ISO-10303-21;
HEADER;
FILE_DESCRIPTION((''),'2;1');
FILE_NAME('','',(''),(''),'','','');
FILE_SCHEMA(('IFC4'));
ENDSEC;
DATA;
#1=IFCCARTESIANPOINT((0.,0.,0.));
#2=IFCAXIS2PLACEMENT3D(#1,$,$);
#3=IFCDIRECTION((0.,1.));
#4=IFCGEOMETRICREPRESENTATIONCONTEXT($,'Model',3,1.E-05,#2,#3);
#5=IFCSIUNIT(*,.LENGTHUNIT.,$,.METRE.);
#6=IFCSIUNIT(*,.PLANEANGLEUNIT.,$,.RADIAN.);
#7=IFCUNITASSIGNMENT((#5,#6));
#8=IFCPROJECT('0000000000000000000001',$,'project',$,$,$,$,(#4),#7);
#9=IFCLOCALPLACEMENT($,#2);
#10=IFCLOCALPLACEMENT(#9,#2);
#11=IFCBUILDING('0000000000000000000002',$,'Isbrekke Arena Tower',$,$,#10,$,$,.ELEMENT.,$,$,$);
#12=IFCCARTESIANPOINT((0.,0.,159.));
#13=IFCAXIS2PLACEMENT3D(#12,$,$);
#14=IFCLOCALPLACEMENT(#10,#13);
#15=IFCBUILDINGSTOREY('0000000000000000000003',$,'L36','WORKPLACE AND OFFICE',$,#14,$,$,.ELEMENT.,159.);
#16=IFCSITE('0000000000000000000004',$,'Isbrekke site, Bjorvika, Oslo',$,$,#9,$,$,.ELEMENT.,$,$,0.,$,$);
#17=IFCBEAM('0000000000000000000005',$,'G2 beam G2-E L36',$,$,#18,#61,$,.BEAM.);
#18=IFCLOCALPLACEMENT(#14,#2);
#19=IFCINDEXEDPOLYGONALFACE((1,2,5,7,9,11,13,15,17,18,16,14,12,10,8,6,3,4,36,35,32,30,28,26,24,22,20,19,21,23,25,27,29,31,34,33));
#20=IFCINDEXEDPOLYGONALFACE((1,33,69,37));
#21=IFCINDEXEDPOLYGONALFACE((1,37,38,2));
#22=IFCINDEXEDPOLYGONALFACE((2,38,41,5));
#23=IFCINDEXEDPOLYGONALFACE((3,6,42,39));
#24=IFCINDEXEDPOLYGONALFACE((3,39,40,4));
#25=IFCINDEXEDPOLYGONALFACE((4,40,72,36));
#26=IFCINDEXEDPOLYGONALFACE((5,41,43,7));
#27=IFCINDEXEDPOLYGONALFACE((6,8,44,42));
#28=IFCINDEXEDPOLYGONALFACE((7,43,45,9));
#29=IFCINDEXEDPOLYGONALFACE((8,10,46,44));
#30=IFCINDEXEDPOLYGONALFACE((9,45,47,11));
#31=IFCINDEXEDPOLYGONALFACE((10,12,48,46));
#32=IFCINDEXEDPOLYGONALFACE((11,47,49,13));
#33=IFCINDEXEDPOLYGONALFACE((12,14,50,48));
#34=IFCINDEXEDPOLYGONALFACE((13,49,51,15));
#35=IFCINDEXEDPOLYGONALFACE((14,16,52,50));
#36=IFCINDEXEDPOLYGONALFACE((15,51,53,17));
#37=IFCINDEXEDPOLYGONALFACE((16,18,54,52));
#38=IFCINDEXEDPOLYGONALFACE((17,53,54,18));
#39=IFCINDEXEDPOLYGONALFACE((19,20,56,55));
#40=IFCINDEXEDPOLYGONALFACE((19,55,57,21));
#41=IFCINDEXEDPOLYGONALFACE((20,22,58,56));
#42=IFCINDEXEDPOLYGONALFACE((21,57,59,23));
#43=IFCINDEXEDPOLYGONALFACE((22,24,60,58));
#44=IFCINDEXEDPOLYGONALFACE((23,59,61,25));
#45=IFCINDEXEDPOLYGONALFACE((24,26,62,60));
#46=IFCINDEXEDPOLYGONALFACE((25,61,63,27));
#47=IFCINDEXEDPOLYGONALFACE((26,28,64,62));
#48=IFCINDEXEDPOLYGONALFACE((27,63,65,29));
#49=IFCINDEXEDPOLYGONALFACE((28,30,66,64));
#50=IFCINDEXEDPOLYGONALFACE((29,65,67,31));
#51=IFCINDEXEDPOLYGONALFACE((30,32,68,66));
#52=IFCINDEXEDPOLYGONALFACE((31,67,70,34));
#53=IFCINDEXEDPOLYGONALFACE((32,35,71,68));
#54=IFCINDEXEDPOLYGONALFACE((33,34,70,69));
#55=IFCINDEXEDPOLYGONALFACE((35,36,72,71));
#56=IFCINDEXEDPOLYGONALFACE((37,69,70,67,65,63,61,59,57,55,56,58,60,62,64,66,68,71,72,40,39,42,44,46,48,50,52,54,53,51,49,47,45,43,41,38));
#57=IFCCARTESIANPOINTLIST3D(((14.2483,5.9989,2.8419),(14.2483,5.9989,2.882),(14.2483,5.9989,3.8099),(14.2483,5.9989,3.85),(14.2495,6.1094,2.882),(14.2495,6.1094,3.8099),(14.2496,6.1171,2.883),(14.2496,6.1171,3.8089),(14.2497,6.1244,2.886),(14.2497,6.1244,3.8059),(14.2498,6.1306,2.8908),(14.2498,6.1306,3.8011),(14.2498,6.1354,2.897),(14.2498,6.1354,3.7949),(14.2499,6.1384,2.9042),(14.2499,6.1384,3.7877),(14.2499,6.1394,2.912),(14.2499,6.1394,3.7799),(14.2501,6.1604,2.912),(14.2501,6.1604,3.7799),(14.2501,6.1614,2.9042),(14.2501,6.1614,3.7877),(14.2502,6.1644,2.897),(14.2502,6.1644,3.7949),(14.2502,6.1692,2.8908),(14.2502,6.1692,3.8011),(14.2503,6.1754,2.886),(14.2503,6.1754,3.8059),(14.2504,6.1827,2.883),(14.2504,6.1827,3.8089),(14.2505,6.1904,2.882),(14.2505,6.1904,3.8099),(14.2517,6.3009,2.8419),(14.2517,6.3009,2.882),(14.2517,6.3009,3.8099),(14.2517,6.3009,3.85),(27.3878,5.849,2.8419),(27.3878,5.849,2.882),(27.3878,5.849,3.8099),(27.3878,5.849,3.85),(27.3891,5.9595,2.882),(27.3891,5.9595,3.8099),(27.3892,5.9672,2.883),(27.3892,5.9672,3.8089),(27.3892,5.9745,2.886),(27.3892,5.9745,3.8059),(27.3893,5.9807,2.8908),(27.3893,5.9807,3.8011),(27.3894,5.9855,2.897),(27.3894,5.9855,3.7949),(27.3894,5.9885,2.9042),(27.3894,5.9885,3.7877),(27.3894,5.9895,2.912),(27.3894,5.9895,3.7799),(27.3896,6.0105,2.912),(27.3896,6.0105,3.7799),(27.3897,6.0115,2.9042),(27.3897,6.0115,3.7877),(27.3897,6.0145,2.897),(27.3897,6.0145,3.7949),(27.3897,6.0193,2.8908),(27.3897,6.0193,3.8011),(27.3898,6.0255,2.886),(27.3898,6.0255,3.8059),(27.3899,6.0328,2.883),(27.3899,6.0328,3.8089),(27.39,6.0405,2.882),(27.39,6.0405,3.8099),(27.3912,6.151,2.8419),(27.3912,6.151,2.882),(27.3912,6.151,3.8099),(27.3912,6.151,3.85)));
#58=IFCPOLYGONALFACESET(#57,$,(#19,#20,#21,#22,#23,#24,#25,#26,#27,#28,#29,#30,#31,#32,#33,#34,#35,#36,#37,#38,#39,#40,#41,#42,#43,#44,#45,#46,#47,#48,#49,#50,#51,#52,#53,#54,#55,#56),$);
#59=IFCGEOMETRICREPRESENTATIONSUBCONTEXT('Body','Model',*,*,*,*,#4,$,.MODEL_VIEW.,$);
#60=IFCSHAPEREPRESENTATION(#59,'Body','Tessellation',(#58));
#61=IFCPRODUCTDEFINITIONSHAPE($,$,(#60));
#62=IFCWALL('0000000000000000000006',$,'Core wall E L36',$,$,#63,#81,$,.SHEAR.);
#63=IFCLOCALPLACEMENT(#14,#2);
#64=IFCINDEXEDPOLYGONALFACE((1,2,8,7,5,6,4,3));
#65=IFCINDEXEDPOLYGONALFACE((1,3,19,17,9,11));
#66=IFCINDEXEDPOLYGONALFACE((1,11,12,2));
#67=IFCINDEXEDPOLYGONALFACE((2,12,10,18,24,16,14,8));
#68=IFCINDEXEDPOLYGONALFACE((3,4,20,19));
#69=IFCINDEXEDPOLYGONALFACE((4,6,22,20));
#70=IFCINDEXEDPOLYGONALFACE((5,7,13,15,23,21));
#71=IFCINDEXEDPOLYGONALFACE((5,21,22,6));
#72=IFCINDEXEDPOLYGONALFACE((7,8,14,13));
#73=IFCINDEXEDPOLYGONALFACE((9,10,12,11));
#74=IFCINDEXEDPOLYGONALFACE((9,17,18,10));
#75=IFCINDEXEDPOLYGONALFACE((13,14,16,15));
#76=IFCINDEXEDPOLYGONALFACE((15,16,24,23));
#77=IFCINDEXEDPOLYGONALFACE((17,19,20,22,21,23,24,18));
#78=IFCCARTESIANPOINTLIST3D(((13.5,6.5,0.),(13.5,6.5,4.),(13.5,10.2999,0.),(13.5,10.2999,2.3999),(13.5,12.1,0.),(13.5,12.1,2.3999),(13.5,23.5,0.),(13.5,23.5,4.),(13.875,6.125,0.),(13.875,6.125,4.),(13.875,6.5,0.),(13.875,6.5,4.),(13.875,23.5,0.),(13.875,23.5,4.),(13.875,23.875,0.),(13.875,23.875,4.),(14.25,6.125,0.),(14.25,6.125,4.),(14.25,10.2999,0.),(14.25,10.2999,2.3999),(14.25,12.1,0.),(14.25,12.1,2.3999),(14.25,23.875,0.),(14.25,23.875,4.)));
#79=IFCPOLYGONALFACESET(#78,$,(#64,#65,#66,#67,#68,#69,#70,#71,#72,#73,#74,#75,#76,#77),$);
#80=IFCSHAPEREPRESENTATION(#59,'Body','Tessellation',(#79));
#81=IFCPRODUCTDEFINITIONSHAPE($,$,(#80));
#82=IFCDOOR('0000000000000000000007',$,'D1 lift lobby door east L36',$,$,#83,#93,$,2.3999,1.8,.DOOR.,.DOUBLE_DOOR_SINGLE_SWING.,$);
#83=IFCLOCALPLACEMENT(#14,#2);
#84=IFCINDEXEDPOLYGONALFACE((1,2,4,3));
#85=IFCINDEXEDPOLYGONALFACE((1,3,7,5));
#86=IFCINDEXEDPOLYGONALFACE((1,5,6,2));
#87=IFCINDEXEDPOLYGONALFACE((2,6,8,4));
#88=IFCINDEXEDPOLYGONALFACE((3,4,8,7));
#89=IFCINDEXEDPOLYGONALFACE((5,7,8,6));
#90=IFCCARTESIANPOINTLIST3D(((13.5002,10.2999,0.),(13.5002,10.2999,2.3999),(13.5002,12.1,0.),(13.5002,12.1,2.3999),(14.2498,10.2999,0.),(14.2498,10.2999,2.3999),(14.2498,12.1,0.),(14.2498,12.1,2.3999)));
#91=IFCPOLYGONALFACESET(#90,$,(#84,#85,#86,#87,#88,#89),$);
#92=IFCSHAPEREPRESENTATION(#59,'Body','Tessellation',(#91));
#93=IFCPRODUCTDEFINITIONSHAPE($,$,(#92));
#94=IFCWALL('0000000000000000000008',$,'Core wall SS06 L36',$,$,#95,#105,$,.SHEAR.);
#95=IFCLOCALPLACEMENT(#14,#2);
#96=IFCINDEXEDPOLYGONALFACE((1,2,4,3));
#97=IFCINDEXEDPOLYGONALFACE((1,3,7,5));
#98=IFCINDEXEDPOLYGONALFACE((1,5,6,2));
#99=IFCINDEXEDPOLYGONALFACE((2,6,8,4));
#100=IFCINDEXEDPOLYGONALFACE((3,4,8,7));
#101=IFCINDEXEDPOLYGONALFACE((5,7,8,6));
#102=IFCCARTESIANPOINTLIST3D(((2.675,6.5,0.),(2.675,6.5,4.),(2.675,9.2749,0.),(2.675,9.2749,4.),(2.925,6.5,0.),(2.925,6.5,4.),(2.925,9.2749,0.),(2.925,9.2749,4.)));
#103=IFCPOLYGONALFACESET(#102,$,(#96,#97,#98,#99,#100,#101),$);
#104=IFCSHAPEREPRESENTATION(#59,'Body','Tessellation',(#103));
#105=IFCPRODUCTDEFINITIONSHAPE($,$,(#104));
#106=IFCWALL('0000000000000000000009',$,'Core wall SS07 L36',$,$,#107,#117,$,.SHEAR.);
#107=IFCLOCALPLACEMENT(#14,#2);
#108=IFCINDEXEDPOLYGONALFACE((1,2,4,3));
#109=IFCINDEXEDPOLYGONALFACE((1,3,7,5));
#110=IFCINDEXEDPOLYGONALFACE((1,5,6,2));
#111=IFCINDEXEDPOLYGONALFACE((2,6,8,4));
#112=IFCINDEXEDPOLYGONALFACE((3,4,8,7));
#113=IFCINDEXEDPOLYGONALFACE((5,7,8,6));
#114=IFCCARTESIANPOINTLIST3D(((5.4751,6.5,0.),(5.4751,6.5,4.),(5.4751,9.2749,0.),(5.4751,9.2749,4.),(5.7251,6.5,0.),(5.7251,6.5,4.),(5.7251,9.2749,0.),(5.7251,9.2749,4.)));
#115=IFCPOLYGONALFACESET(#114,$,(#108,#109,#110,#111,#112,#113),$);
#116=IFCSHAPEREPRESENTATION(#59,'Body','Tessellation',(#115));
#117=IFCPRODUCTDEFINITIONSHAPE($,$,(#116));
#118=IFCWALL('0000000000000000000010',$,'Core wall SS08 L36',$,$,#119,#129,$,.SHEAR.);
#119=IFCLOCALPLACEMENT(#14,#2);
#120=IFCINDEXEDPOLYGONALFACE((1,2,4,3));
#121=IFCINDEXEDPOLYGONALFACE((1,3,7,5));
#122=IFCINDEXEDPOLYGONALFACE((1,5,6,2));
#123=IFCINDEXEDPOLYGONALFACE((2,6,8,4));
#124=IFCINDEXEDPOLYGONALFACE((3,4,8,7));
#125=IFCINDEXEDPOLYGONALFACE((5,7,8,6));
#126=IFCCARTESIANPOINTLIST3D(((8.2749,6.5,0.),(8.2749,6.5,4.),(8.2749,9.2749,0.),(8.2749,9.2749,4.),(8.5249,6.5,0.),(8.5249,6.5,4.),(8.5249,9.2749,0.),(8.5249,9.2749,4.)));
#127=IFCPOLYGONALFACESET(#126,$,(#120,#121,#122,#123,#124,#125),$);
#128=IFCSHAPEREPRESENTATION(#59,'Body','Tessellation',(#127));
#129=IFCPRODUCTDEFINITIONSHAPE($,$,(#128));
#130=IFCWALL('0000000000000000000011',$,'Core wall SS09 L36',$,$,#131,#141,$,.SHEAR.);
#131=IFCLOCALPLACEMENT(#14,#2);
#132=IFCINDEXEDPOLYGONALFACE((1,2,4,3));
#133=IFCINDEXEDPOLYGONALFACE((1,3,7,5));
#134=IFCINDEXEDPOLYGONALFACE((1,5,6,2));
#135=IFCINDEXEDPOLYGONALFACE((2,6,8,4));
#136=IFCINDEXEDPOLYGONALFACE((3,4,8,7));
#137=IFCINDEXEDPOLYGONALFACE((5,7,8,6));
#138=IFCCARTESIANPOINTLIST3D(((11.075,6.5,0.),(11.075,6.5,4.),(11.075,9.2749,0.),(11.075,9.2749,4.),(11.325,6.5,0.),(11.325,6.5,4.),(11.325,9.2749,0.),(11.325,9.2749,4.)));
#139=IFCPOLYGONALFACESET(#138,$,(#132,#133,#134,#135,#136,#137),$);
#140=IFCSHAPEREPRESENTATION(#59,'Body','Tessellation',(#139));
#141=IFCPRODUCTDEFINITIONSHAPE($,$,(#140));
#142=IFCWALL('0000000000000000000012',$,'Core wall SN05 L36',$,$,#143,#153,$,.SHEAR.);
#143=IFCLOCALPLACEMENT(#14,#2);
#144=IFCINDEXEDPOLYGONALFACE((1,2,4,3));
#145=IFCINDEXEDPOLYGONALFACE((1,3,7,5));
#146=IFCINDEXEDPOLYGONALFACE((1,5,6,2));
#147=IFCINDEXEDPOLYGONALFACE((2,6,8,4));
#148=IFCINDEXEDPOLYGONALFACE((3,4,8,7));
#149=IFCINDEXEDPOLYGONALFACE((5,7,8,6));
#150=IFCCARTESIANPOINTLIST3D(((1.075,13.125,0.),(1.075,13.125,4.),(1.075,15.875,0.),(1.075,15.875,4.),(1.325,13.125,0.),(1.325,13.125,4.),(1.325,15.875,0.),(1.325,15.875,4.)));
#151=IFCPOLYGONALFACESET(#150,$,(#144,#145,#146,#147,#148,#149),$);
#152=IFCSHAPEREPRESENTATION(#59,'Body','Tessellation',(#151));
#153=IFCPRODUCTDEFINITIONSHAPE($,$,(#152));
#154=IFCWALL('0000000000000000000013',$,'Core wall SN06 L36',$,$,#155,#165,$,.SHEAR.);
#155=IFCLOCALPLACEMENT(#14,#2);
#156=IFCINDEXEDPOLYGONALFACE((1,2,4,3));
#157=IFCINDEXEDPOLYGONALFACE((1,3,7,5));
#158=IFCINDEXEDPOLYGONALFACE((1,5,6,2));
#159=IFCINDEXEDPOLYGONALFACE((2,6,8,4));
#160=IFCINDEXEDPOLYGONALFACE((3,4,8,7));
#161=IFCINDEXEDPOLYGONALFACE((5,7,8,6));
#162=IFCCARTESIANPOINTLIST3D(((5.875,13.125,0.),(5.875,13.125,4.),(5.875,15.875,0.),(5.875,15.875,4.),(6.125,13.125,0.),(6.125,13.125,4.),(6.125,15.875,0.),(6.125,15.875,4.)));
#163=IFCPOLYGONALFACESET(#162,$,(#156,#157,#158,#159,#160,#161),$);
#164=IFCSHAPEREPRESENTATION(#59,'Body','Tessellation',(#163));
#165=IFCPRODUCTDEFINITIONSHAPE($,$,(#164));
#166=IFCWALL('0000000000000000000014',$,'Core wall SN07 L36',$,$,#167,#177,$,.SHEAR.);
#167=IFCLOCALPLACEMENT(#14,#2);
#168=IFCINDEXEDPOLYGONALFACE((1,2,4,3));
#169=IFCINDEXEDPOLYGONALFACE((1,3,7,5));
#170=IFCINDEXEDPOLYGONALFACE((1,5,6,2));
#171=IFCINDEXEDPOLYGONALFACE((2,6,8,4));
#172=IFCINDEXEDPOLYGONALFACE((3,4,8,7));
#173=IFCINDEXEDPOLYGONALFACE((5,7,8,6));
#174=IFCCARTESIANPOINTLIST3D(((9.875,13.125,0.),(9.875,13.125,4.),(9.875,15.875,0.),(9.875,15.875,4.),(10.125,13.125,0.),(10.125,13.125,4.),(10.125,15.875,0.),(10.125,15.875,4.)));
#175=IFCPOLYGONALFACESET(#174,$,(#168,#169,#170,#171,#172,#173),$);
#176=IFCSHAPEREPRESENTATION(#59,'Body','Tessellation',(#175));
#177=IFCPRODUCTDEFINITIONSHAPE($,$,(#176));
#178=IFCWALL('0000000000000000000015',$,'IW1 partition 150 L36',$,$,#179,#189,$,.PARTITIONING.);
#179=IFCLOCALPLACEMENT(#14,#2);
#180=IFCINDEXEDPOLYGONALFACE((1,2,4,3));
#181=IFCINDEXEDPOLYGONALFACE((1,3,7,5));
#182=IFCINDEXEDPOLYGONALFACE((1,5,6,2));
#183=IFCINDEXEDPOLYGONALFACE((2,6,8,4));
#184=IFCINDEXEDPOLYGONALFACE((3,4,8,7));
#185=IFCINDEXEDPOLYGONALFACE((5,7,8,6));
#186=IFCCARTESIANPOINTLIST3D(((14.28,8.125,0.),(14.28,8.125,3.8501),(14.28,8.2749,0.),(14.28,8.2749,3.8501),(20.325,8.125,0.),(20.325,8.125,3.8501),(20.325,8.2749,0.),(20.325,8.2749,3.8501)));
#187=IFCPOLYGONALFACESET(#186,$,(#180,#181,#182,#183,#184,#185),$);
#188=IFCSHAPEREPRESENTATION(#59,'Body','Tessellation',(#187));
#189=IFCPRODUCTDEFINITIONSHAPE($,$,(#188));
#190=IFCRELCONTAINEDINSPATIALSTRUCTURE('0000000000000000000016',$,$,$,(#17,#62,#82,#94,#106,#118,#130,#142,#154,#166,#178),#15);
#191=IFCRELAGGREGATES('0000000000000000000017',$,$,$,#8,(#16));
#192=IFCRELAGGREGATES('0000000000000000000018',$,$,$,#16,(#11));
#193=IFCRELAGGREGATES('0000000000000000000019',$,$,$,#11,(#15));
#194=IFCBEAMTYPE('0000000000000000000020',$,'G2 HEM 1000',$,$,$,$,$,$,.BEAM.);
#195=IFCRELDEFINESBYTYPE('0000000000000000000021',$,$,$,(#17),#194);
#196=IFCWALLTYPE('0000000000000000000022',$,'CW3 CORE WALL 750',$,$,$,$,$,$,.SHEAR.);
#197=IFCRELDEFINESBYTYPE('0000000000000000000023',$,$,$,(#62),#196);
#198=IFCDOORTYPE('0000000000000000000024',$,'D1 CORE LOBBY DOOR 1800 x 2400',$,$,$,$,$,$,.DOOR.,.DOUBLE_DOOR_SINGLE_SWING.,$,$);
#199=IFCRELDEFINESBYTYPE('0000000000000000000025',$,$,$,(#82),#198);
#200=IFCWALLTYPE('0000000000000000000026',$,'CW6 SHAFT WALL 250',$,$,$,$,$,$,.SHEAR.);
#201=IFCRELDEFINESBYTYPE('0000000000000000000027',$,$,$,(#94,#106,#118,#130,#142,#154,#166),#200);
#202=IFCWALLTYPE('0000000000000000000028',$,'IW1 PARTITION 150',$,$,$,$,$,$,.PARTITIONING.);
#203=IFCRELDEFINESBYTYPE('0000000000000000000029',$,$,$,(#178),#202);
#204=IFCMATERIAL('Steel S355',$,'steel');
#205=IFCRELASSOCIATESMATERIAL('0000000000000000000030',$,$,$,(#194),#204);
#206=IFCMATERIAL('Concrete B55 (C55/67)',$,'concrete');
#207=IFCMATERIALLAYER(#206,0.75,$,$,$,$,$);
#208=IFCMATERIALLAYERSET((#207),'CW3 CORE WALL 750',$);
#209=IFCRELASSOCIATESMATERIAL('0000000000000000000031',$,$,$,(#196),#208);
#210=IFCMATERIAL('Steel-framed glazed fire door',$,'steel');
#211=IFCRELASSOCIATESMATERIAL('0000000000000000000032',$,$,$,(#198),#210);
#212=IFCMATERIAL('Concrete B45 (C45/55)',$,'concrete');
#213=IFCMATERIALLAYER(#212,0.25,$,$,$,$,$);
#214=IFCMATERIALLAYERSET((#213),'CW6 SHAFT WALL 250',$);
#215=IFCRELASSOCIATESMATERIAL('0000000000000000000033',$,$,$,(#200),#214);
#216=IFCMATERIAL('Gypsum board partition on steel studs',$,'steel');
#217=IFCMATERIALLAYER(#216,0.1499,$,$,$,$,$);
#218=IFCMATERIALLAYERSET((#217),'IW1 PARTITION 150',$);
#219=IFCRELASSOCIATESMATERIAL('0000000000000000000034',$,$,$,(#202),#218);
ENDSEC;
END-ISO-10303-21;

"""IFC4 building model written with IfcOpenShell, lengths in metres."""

from ifc_helpers import new_model, si_unit, direction, frame, frame_2d, origin, origin_2d, place, context, subcontext, project, spatial, polyline, rectangle, i_section, outline, extrude, material, layer, layer_set, material_profile, profile_set, type_object, element, fill, save


model = new_model("IFC4")

# Units and contexts
model_context = context("Model", 3, precision=1e-05, world=origin(), true_north=direction((0.0, 1.0)))
body_context = subcontext(model_context, "Body", "Model", "MODEL_VIEW")
ifc_project = project(units=[si_unit("LENGTHUNIT", "METRE"), si_unit("PLANEANGLEUNIT", "RADIAN")], contexts=[model_context])

# Site, building, storey
site_placement = place(None, origin())
site = spatial("IfcSite", under=ifc_project, at=site_placement, Name="Isbrekke site, Bjorvika, Oslo", CompositionType="ELEMENT", RefElevation=0.0)
building_placement = place(site_placement, origin())
building = spatial("IfcBuilding", under=site, at=building_placement, Name="Isbrekke Arena Tower", CompositionType="ELEMENT")
storey_placement = place(building_placement, frame((0.0, 0.0, 159.0)))
storey = spatial("IfcBuildingStorey", under=building, at=storey_placement, Name="L36", Description="WORKPLACE AND OFFICE", CompositionType="ELEMENT", Elevation=159.0)

# Beam
ifc_material_1 = material(Name="Steel S355", Category="steel")
ifc_material_profile = material_profile(ifc_material_1, i_section(OverallWidth=0.302, OverallDepth=1.0081, WebThickness=0.021, FlangeThickness=0.04, FilletRadius=0.03, at=origin_2d()), Name="HEM 1000")
ifc_profile_set = profile_set([ifc_material_profile], Name="Steel S355")
beam_type = type_object("IfcBeamType", Name="G2 HEM 1000", PredefinedType="BEAM", material=ifc_profile_set)
beam_placement = place(storey_placement, frame((14.25, 6.1499, 3.3459), z_axis=(0.999935, -0.011408, 0.0), x_axis=(0.011408, 0.999935, 0.0)))
element("IfcBeam", 1, at=beam_placement, inside=storey, type_object=beam_type, Name="G2 beam G2-E L36", PredefinedType="BEAM", context=body_context, shape_type="SweptSolid", body=[
    extrude(i_section(OverallWidth=0.302, OverallDepth=1.0081, WebThickness=0.021, FlangeThickness=0.04, FilletRadius=0.03, at=origin_2d()), origin(), (0.0, 0.0, 1.0), 13.1404),
])

# Wall, opening, door
ifc_material_2 = material(Name="Concrete B55 (C55/67)", Category="concrete")
ifc_layer_1 = layer(ifc_material_2, 0.75)
ifc_layer_set_1 = layer_set([ifc_layer_1], Name="CW3 CORE WALL 750")
wall_type_1 = type_object("IfcWallType", Name="CW3 CORE WALL 750", PredefinedType="SHEAR", material=ifc_layer_set_1)
wall_1_placement = place(storey_placement, frame((13.875, 6.125, 0.0), z_axis=(0.0, 0.0, 1.0), x_axis=(0.0, 1.0, 0.0)))
wall_1 = element("IfcWall", 2, at=wall_1_placement, inside=storey, type_object=wall_type_1, Name="Core wall E L36", PredefinedType="SHEAR", context=body_context, shape_type="SweptSolid", body=[
    extrude(outline(polyline([(0.0, -0.375), (17.75, -0.375), (17.75, 0.0), (17.375, 0.0), (17.375, 0.375), (0.375, 0.375), (0.375, 0.0), (0.0, 0.0), (0.0, -0.375)])), origin(), (0.0, 0.0, 1.0), 4.0),
])
opening_1_placement = place(wall_1_placement, frame((4.175, 0.0, 0.0)))
opening_1 = element("IfcOpeningElement", 3, at=opening_1_placement, cuts=wall_1, PredefinedType="OPENING", context=body_context, shape_type="SweptSolid", body=[
    extrude(rectangle(XDim=1.8, YDim=2.3999, at=frame_2d((0.8999, 1.2))), frame((0.0, 0.3899, 0.0), z_axis=(0.0, -1.0, 0.0), x_axis=(1.0, 0.0, 0.0)), (0.0, 0.0, 1.0), 0.7798),
])
ifc_material_3 = material(Name="Steel-framed glazed fire door", Category="steel")
door_type_1 = type_object("IfcDoorType", Name="D1 CORE LOBBY DOOR 1800 x 2400", OperationType="DOUBLE_DOOR_SINGLE_SWING", PredefinedType="DOOR", material=ifc_material_3)
door_1_placement = place(opening_1_placement, origin())
door_1 = element("IfcDoor", 4, at=door_1_placement, inside=storey, type_object=door_type_1, Name="D1 lift lobby door east L36", OperationType="DOUBLE_DOOR_SINGLE_SWING", OverallHeight=2.3999, OverallWidth=1.8, PredefinedType="DOOR", context=body_context, shape_type="SweptSolid", body=[
    extrude(rectangle(XDim=1.8, YDim=2.3999, at=frame_2d((0.8999, 1.2))), frame((0.0, 0.3748, 0.0), z_axis=(0.0, -1.0, 0.0), x_axis=(1.0, 0.0, 0.0)), (0.0, 0.0, 1.0), 0.7495),
])
fill(opening_1, door_1)

# Walls
ifc_material_4 = material(Name="Concrete B45 (C45/55)", Category="concrete")
ifc_layer_2 = layer(ifc_material_4, 0.25)
ifc_layer_set_2 = layer_set([ifc_layer_2], Name="CW6 SHAFT WALL 250")
wall_type_2 = type_object("IfcWallType", Name="CW6 SHAFT WALL 250", PredefinedType="SHEAR", material=ifc_layer_set_2)
for number, where, z_axis, x_axis, name in (
    (5, (2.8, 6.5, 0.0), (0.0, 0.0, 1.0), (0.0, 1.0, 0.0), "Core wall SS06 L36"),
    (6, (5.6001, 6.5, 0.0), (0.0, 0.0, 1.0), (0.0, 1.0, 0.0), "Core wall SS07 L36"),
    (7, (8.3999, 6.5, 0.0), (0.0, 0.0, 1.0), (0.0, 1.0, 0.0), "Core wall SS08 L36"),
    (8, (11.2, 6.5, 0.0), (0.0, 0.0, 1.0), (0.0, 1.0, 0.0), "Core wall SS09 L36"),
):
    element("IfcWall", number, at=place(storey_placement, frame(where, z_axis=z_axis, x_axis=x_axis)), inside=storey, type_object=wall_type_2, Name=name, PredefinedType="SHEAR", context=body_context, shape_type="SweptSolid", body=[
        extrude(rectangle(XDim=2.7749, YDim=0.25, at=frame_2d((1.3875, 0.0))), origin(), (0.0, 0.0, 1.0), 4.0),
    ])
for number, where, z_axis, x_axis, name in (
    (9, (1.2, 13.125, 0.0), (0.0, 0.0, 1.0), (0.0, 1.0, 0.0), "Core wall SN05 L36"),
    (10, (6.0, 13.125, 0.0), (0.0, 0.0, 1.0), (0.0, 1.0, 0.0), "Core wall SN06 L36"),
    (11, (10.0, 13.125, 0.0), (0.0, 0.0, 1.0), (0.0, 1.0, 0.0), "Core wall SN07 L36"),
):
    element("IfcWall", number, at=place(storey_placement, frame(where, z_axis=z_axis, x_axis=x_axis)), inside=storey, type_object=wall_type_2, Name=name, PredefinedType="SHEAR", context=body_context, shape_type="SweptSolid", body=[
        extrude(rectangle(XDim=2.75, YDim=0.25, at=frame_2d((1.375, 0.0))), origin(), (0.0, 0.0, 1.0), 4.0),
    ])
ifc_material_5 = material(Name="Gypsum board partition on steel studs", Category="steel")
ifc_layer_3 = layer(ifc_material_5, 0.1499)
ifc_layer_set_3 = layer_set([ifc_layer_3], Name="IW1 PARTITION 150")
wall_type_3 = type_object("IfcWallType", Name="IW1 PARTITION 150", PredefinedType="PARTITIONING", material=ifc_layer_set_3)
wall_2_placement = place(storey_placement, frame((14.28, 8.2, 0.0), z_axis=(0.0, 0.0, 1.0), x_axis=(1.0, 0.0, 0.0)))
element("IfcWall", 12, at=wall_2_placement, inside=storey, type_object=wall_type_3, Name="IW1 partition 150 L36", PredefinedType="PARTITIONING", context=body_context, shape_type="SweptSolid", body=[
    extrude(rectangle(XDim=6.0449, YDim=0.1499, at=frame_2d((3.0225, 0.0))), origin(), (0.0, 0.0, 1.0), 3.8501),
])

save(model, "model.ifc")
